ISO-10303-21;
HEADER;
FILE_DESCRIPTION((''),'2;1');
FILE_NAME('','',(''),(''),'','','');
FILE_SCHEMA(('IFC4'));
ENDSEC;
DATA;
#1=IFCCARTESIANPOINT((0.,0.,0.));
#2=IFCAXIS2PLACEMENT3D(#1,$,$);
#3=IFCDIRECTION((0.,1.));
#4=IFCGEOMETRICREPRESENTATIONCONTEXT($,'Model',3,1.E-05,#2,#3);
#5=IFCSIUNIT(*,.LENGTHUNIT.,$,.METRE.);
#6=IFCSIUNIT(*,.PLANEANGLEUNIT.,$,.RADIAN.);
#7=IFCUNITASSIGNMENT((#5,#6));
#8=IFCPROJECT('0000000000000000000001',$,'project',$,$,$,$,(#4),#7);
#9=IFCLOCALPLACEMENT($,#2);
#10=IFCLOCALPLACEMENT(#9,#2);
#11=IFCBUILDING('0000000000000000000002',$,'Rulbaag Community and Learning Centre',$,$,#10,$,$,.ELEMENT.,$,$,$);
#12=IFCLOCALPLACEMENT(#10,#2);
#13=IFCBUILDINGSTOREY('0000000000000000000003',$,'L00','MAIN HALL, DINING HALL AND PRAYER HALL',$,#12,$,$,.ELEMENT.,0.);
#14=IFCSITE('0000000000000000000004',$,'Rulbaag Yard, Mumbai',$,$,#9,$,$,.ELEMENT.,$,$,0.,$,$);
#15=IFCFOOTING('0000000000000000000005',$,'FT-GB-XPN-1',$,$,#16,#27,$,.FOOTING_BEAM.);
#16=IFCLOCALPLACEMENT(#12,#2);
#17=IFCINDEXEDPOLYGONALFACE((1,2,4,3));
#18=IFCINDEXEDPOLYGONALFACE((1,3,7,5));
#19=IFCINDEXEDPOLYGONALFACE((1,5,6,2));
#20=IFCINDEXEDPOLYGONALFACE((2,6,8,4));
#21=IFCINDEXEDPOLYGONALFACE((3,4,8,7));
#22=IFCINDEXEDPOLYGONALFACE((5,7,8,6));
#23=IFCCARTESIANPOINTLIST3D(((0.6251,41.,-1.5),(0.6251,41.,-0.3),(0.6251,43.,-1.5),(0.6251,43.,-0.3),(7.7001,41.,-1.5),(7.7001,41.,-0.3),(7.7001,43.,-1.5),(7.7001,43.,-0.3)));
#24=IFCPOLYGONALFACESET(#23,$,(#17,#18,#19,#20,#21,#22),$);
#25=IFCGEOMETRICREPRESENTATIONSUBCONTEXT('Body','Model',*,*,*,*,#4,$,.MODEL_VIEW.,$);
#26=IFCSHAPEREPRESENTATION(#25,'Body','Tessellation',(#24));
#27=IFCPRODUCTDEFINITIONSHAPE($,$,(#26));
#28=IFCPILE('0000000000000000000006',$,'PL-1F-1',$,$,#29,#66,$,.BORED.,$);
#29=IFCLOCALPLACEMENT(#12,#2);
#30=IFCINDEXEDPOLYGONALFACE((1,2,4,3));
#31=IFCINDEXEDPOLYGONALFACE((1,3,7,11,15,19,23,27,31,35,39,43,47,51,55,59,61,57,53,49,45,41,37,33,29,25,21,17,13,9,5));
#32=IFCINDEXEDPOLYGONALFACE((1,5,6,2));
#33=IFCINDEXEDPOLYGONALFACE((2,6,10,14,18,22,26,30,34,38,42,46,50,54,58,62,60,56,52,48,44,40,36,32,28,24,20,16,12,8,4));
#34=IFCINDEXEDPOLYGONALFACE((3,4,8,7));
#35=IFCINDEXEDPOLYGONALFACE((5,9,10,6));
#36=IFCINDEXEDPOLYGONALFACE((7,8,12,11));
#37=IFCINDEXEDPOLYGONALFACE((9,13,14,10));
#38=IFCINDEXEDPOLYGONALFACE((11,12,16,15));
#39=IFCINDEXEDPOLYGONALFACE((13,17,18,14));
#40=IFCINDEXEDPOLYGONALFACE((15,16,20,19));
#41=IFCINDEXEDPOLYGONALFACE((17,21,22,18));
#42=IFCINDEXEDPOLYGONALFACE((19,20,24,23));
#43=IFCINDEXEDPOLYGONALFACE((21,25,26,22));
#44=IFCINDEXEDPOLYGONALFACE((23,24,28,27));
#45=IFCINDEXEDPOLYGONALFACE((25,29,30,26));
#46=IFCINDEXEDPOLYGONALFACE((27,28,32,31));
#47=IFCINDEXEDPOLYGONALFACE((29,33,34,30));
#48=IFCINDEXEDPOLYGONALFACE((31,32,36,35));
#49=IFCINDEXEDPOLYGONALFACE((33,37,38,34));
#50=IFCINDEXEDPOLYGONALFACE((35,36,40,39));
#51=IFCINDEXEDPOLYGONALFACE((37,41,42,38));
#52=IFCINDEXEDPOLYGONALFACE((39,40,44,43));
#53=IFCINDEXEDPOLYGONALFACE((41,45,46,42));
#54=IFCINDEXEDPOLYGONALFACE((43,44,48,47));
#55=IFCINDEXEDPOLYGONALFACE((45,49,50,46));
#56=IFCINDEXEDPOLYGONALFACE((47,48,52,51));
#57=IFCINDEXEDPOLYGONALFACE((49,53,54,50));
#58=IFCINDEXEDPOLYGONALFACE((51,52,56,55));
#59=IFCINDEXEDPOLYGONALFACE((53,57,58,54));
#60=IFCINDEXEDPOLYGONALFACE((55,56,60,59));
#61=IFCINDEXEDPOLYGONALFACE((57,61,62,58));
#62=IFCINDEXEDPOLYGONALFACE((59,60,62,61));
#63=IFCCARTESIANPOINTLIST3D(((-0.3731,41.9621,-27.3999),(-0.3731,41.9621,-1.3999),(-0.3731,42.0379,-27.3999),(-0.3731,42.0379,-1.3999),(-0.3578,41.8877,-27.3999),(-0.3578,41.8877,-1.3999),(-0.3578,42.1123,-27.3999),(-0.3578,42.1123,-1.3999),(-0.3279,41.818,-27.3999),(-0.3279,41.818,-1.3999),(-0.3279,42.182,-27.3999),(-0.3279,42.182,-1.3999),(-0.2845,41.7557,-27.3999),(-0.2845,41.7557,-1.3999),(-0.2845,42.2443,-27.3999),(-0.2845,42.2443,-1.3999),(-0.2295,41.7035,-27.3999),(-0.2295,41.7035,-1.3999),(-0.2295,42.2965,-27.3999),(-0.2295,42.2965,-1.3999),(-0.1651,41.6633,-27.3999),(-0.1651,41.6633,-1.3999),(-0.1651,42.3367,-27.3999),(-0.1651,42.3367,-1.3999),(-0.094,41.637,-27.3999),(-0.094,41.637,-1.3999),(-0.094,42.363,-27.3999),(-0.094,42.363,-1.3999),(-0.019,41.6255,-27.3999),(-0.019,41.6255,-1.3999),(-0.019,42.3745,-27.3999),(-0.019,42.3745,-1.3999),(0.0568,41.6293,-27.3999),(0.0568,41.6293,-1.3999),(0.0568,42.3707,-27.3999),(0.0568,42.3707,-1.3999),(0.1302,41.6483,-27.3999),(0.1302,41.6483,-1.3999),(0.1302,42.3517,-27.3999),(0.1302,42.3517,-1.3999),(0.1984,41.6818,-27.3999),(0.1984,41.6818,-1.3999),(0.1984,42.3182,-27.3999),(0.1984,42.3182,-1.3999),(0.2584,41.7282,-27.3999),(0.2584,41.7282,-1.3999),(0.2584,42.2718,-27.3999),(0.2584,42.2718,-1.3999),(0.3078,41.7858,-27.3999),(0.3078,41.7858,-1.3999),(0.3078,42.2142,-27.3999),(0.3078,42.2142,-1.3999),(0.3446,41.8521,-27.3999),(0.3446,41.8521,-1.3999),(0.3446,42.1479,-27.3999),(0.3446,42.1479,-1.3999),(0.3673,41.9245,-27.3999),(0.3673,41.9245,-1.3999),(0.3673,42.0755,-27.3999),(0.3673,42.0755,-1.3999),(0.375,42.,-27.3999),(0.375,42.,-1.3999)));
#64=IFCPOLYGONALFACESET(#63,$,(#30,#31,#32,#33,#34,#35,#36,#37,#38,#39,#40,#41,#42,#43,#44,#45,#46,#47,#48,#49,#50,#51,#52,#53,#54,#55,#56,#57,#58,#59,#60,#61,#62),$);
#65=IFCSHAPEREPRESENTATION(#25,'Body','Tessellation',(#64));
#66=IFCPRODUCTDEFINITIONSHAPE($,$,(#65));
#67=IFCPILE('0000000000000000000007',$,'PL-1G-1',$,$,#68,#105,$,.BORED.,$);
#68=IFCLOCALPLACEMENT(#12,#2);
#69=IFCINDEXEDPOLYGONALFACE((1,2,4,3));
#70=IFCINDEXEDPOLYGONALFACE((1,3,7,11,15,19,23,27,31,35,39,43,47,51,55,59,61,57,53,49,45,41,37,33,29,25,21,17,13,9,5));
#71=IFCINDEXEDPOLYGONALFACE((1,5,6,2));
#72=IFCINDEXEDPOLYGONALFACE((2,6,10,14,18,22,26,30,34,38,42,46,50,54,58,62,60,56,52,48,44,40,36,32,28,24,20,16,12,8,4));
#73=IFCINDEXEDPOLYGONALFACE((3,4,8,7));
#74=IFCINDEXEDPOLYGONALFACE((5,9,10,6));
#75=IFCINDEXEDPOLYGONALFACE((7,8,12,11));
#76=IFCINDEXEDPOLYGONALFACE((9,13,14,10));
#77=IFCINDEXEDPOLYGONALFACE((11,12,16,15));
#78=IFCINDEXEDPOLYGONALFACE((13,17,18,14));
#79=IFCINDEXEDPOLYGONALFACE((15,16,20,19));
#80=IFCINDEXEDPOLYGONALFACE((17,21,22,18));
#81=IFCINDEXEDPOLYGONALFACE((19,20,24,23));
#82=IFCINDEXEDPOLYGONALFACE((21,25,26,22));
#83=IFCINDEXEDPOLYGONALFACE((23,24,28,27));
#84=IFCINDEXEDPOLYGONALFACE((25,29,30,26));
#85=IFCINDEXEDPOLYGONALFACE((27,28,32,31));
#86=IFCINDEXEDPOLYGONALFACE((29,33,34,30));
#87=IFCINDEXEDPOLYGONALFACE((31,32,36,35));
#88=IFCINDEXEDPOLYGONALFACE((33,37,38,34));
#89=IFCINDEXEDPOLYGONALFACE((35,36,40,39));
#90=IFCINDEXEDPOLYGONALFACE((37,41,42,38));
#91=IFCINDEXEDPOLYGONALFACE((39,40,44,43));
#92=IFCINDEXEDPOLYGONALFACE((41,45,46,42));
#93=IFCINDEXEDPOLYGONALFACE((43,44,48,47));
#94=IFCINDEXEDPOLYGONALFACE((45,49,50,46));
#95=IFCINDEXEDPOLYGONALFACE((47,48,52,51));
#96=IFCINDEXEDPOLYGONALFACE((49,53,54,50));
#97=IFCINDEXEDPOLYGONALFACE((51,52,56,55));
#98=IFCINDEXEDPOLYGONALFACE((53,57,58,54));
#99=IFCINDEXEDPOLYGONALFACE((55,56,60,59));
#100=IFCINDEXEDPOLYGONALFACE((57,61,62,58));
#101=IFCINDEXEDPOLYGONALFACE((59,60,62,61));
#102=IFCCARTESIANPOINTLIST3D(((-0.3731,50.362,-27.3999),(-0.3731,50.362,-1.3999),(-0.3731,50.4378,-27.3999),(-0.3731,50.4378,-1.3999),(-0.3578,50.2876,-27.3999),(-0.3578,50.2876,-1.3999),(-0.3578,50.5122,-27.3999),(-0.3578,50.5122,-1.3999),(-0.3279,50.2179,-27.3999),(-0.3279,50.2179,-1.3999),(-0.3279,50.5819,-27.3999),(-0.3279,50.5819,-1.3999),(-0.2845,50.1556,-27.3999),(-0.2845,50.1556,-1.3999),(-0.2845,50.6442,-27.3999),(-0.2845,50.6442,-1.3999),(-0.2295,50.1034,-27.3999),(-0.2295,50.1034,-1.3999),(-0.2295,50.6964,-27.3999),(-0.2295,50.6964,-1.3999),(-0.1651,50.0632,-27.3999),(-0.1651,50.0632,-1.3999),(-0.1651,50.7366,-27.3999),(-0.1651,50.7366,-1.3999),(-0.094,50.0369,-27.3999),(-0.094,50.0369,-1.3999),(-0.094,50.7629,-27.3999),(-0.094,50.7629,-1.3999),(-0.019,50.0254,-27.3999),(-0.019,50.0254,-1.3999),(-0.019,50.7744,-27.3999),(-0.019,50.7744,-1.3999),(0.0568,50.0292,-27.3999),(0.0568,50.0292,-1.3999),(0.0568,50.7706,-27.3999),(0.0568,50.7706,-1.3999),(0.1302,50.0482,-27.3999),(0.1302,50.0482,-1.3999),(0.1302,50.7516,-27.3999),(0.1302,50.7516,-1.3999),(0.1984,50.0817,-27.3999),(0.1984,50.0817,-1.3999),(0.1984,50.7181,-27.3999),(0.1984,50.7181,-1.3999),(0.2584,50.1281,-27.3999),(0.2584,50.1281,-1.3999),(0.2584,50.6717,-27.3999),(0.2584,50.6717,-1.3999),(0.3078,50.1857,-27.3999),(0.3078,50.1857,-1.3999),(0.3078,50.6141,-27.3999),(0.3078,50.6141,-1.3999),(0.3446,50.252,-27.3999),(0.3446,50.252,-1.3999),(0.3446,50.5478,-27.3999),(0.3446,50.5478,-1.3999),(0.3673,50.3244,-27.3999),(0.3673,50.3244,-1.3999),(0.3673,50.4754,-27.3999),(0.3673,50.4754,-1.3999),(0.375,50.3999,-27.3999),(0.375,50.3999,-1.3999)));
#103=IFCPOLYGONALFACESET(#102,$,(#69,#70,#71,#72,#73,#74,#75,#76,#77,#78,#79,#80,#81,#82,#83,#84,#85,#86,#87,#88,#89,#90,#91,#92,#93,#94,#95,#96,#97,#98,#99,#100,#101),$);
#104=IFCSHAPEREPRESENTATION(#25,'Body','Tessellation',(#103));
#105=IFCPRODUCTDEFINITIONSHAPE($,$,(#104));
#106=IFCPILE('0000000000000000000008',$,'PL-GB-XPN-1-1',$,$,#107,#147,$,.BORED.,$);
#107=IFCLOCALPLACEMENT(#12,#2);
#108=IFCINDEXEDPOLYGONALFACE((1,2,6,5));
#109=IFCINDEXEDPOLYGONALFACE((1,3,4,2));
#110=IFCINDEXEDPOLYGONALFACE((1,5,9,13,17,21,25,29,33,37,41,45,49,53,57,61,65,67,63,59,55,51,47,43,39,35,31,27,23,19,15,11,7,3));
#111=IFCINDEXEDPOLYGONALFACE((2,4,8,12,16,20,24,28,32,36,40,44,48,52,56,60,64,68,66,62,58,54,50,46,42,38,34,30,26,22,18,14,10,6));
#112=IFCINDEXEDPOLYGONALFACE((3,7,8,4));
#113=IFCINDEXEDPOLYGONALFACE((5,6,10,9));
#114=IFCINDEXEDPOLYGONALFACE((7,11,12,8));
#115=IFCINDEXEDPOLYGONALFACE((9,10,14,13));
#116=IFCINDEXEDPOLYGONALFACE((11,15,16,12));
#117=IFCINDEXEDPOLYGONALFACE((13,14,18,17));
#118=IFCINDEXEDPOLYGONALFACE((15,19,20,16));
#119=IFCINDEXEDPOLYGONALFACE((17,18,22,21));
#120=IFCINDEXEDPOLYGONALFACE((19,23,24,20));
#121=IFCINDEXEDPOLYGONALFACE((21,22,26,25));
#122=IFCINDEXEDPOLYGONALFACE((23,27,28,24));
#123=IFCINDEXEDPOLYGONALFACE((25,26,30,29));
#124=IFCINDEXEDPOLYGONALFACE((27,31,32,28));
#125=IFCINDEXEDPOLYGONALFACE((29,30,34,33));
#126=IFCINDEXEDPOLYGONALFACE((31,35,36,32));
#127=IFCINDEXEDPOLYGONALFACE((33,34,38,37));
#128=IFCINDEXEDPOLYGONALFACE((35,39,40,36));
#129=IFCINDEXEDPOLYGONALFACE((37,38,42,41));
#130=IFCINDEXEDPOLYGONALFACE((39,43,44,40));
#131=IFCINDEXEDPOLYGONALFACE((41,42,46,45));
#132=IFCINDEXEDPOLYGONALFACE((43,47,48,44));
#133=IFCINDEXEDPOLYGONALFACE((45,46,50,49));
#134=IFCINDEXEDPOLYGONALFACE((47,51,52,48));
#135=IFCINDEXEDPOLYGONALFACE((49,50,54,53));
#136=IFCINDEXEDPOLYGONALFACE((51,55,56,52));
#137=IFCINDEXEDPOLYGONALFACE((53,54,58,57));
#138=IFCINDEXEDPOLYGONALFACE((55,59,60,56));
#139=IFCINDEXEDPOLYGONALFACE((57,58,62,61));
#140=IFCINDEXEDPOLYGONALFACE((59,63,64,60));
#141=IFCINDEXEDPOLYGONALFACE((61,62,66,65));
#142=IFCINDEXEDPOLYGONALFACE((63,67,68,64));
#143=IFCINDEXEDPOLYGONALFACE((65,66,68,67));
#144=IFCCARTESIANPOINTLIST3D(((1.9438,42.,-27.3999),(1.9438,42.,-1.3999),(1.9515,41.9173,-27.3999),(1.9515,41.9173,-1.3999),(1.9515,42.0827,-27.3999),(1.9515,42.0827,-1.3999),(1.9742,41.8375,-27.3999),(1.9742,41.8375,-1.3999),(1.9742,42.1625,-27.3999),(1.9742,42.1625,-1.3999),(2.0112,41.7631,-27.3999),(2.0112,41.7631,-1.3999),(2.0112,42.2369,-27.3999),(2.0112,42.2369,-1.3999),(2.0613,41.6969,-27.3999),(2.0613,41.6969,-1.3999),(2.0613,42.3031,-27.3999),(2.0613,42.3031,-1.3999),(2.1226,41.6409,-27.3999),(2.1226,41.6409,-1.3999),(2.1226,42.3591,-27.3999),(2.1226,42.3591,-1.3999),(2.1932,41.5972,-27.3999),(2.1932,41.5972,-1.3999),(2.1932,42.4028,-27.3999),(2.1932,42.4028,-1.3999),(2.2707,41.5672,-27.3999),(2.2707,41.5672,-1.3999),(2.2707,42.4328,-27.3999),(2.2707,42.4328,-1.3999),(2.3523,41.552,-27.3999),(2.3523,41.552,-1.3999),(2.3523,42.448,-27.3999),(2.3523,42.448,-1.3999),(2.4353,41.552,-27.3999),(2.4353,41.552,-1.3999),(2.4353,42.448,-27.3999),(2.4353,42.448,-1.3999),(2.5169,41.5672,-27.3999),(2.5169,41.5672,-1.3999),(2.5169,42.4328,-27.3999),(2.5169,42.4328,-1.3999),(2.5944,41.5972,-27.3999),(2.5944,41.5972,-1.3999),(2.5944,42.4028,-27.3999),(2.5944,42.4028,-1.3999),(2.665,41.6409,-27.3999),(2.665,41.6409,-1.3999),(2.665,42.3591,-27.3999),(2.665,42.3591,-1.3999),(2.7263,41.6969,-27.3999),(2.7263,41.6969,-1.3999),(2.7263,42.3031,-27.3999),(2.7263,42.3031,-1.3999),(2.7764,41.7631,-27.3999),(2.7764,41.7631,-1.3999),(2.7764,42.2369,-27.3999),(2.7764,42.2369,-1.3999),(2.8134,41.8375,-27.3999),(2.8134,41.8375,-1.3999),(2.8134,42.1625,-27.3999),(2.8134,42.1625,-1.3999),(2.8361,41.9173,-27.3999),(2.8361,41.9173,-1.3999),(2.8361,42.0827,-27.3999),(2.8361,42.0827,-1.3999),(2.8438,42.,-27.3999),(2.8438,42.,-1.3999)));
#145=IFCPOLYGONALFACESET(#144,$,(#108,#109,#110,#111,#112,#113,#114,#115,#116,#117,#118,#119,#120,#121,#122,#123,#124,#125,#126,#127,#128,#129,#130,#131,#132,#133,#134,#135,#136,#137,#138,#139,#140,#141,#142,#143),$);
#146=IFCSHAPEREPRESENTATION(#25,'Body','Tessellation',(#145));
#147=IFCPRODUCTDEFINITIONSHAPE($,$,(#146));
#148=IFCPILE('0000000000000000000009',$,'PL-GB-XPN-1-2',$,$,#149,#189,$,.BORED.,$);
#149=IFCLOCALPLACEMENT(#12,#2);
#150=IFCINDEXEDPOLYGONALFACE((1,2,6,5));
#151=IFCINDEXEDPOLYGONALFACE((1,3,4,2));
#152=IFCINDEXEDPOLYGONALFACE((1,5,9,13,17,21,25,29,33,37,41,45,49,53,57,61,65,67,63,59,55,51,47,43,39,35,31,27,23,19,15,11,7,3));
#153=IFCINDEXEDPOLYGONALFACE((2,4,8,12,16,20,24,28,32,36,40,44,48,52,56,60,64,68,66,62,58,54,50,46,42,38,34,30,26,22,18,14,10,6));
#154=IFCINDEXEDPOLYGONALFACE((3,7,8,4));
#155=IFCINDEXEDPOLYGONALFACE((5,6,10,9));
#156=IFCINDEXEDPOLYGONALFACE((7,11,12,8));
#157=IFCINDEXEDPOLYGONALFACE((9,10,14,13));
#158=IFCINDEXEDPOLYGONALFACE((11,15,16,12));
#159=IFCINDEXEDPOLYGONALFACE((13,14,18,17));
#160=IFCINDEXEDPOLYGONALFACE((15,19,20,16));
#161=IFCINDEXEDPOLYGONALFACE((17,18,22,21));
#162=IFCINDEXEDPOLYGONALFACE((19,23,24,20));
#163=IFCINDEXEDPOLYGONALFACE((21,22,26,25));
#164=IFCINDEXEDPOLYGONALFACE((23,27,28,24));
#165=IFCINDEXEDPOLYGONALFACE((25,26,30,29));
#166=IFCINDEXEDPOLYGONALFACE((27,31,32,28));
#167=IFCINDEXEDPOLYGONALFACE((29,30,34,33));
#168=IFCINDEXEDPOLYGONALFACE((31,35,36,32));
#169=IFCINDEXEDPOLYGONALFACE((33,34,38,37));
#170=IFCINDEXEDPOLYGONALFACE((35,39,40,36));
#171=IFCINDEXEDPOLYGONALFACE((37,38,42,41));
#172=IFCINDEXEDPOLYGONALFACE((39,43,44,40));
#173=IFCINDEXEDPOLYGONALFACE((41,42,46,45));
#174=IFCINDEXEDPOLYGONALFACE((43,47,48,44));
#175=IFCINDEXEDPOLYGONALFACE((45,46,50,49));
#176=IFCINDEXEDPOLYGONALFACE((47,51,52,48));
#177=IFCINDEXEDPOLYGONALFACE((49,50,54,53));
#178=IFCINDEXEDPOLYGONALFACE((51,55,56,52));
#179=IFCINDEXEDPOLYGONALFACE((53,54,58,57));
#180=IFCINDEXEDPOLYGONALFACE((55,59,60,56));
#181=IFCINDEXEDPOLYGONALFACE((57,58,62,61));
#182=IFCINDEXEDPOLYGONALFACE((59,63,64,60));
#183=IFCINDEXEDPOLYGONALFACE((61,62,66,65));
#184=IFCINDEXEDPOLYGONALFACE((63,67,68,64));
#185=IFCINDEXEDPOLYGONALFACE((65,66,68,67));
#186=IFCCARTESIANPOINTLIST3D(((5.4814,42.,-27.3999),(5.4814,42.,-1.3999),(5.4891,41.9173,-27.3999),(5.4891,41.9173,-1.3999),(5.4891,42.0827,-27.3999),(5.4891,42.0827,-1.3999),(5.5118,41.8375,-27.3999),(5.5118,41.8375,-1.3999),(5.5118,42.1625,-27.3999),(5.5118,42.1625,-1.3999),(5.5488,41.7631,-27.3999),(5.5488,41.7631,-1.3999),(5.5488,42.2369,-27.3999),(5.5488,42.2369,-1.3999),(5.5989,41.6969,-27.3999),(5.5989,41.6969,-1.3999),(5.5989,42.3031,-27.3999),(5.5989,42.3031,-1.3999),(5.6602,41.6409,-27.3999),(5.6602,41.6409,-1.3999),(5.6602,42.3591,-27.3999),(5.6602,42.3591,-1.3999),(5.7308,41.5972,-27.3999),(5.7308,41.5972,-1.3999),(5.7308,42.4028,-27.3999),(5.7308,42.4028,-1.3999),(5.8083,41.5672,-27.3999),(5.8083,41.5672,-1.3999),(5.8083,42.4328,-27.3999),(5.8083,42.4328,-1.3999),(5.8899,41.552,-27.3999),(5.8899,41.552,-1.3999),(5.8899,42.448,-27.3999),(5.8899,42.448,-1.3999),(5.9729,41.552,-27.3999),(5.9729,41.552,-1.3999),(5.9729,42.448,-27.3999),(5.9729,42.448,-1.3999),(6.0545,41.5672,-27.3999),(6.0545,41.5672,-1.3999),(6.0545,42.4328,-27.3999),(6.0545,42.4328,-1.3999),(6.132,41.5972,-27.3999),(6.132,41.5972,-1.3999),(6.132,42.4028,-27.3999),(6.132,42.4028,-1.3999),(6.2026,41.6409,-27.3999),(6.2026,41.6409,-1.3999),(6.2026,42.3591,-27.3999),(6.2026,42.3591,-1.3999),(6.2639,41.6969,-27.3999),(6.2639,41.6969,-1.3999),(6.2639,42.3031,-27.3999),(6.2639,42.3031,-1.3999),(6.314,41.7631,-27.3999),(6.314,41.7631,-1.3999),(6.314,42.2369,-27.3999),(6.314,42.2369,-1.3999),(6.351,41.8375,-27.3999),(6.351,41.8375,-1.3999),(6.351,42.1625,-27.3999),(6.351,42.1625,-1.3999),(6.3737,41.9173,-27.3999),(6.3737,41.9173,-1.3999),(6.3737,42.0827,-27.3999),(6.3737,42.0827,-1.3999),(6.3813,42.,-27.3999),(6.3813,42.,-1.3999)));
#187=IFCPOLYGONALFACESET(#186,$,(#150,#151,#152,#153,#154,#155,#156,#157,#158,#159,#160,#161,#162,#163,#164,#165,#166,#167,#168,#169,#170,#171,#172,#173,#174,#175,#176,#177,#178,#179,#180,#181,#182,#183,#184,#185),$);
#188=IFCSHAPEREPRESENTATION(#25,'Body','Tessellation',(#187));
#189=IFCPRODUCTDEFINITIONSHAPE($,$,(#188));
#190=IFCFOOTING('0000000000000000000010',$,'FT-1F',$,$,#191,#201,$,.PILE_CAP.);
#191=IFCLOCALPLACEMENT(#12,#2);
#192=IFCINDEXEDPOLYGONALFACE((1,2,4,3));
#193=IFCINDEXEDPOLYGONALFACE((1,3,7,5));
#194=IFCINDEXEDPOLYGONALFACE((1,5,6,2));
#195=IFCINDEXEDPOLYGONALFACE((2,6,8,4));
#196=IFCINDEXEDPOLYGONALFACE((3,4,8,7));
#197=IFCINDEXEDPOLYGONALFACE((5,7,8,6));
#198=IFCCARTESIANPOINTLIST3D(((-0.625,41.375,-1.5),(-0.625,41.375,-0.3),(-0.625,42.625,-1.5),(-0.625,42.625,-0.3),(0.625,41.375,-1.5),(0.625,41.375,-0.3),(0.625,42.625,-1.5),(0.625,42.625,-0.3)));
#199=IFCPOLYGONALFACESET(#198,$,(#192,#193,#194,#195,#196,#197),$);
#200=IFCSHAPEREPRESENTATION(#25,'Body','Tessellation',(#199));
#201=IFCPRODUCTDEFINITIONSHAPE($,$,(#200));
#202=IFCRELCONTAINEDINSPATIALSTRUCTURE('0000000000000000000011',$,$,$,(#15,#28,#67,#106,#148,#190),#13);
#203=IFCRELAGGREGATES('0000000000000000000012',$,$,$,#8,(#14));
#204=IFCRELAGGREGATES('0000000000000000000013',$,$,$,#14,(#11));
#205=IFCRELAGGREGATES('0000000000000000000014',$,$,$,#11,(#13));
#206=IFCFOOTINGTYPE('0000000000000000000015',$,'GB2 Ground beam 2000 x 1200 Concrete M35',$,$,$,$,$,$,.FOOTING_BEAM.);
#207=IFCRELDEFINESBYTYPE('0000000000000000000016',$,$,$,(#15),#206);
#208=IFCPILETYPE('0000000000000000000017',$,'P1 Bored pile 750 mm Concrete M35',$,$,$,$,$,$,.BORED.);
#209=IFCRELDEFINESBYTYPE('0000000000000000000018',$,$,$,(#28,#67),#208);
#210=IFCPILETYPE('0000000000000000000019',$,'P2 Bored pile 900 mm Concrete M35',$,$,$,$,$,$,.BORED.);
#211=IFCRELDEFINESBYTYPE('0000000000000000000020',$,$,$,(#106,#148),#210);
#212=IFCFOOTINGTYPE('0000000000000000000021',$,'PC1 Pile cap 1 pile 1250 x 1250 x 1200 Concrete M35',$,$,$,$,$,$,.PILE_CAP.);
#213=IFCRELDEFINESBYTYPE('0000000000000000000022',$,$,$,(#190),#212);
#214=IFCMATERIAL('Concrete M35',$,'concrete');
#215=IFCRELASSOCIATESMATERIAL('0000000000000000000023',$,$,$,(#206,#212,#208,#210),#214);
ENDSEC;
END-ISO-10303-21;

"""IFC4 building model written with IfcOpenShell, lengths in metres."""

from ifc_helpers import new_model, si_unit, direction, frame, origin, origin_2d, place, context, subcontext, project, spatial, rectangle, circle, extrude, material, material_profile, profile_set, type_object, element, save


model = new_model("IFC4")

# Units and contexts
model_context = context("Model", 3, precision=1e-05, world=origin(), true_north=direction((0.0, 1.0)))
body_context = subcontext(model_context, "Body", "Model", "MODEL_VIEW")
ifc_project = project(units=[si_unit("LENGTHUNIT", "METRE"), si_unit("PLANEANGLEUNIT", "RADIAN")], contexts=[model_context])

# Site, building, storey
site_placement = place(None, origin())
site = spatial("IfcSite", under=ifc_project, at=site_placement, Name="Rulbaag Yard, Mumbai", CompositionType="ELEMENT", RefElevation=0.0)
building_placement = place(site_placement, origin())
building = spatial("IfcBuilding", under=site, at=building_placement, Name="Rulbaag Community and Learning Centre", CompositionType="ELEMENT")
storey_placement = place(building_placement, origin())
storey = spatial("IfcBuildingStorey", under=building, at=storey_placement, Name="L00", Description="MAIN HALL, DINING HALL AND PRAYER HALL", CompositionType="ELEMENT", Elevation=0.0)

# Footing
ifc_material_1 = material(Name="Concrete M35", Category="concrete")
footing_type_1 = type_object("IfcFootingType", Name="GB2 Ground beam 2000 x 1200 Concrete M35", PredefinedType="FOOTING_BEAM", material=ifc_material_1)
footing_placement = place(storey_placement, frame((4.1626, 42.0, -1.5), z_axis=(0.0, 0.0, 1.0), x_axis=(1.0, 0.0, 0.0)))
element("IfcFooting", 1, at=footing_placement, inside=storey, type_object=footing_type_1, Name="FT-GB-XPN-1", PredefinedType="FOOTING_BEAM", context=body_context, shape_type="SweptSolid", body=[
    extrude(rectangle(XDim=7.075, YDim=2.0, at=origin_2d()), origin(), (0.0, 0.0, 1.0), 1.2),
])

# Piles
ifc_material_profile_1 = material_profile(ifc_material_1, circle(Radius=0.375, at=origin_2d()), Name="BP750")
ifc_profile_set_1 = profile_set([ifc_material_profile_1], Name="Concrete M35")
pile_type_1 = type_object("IfcPileType", Name="P1 Bored pile 750 mm Concrete M35", PredefinedType="BORED", material=ifc_profile_set_1)
for number, where, z_axis, x_axis, name in (
    (2, (0.0, 42.0, -1.3999), (0.0, 0.0, -1.0), (1.0, 0.0, 0.0), "PL-1F-1"),
    (3, (0.0, 50.3999, -1.3999), (0.0, 0.0, -1.0), (1.0, 0.0, 0.0), "PL-1G-1"),
):
    element("IfcPile", number, at=place(storey_placement, frame(where, z_axis=z_axis, x_axis=x_axis)), inside=storey, type_object=pile_type_1, Name=name, PredefinedType="BORED", context=body_context, shape_type="SweptSolid", body=[
        extrude(circle(Radius=0.375, at=origin_2d()), origin(), (0.0, 0.0, 1.0), 26.0),
    ])
ifc_material_profile_2 = material_profile(ifc_material_1, circle(Radius=0.45, at=origin_2d()), Name="BP900")
ifc_profile_set_2 = profile_set([ifc_material_profile_2], Name="Concrete M35")
pile_type_2 = type_object("IfcPileType", Name="P2 Bored pile 900 mm Concrete M35", PredefinedType="BORED", material=ifc_profile_set_2)
for number, where, z_axis, x_axis, name in (
    (4, (2.3938, 42.0, -1.3999), (0.0, 0.0, -1.0), (1.0, 0.0, 0.0), "PL-GB-XPN-1-1"),
    (5, (5.9314, 42.0, -1.3999), (0.0, 0.0, -1.0), (1.0, 0.0, 0.0), "PL-GB-XPN-1-2"),
):
    element("IfcPile", number, at=place(storey_placement, frame(where, z_axis=z_axis, x_axis=x_axis)), inside=storey, type_object=pile_type_2, Name=name, PredefinedType="BORED", context=body_context, shape_type="SweptSolid", body=[
        extrude(circle(Radius=0.45, at=origin_2d()), origin(), (0.0, 0.0, 1.0), 26.0),
    ])

# Footing
footing_type_2 = type_object("IfcFootingType", Name="PC1 Pile cap 1 pile 1250 x 1250 x 1200 Concrete M35", PredefinedType="PILE_CAP", material=ifc_material_1)
for number, where, z_axis, x_axis, name in (
    (6, (0.0, 42.0, -1.5), (0.0, 0.0, 1.0), (1.0, 0.0, 0.0), "FT-1F"),
):
    element("IfcFooting", number, at=place(storey_placement, frame(where, z_axis=z_axis, x_axis=x_axis)), inside=storey, type_object=footing_type_2, Name=name, PredefinedType="PILE_CAP", context=body_context, shape_type="SweptSolid", body=[
        extrude(rectangle(XDim=1.25, YDim=1.25, at=origin_2d()), origin(), (0.0, 0.0, 1.0), 1.2),
    ])

save(model, "model.ifc")
